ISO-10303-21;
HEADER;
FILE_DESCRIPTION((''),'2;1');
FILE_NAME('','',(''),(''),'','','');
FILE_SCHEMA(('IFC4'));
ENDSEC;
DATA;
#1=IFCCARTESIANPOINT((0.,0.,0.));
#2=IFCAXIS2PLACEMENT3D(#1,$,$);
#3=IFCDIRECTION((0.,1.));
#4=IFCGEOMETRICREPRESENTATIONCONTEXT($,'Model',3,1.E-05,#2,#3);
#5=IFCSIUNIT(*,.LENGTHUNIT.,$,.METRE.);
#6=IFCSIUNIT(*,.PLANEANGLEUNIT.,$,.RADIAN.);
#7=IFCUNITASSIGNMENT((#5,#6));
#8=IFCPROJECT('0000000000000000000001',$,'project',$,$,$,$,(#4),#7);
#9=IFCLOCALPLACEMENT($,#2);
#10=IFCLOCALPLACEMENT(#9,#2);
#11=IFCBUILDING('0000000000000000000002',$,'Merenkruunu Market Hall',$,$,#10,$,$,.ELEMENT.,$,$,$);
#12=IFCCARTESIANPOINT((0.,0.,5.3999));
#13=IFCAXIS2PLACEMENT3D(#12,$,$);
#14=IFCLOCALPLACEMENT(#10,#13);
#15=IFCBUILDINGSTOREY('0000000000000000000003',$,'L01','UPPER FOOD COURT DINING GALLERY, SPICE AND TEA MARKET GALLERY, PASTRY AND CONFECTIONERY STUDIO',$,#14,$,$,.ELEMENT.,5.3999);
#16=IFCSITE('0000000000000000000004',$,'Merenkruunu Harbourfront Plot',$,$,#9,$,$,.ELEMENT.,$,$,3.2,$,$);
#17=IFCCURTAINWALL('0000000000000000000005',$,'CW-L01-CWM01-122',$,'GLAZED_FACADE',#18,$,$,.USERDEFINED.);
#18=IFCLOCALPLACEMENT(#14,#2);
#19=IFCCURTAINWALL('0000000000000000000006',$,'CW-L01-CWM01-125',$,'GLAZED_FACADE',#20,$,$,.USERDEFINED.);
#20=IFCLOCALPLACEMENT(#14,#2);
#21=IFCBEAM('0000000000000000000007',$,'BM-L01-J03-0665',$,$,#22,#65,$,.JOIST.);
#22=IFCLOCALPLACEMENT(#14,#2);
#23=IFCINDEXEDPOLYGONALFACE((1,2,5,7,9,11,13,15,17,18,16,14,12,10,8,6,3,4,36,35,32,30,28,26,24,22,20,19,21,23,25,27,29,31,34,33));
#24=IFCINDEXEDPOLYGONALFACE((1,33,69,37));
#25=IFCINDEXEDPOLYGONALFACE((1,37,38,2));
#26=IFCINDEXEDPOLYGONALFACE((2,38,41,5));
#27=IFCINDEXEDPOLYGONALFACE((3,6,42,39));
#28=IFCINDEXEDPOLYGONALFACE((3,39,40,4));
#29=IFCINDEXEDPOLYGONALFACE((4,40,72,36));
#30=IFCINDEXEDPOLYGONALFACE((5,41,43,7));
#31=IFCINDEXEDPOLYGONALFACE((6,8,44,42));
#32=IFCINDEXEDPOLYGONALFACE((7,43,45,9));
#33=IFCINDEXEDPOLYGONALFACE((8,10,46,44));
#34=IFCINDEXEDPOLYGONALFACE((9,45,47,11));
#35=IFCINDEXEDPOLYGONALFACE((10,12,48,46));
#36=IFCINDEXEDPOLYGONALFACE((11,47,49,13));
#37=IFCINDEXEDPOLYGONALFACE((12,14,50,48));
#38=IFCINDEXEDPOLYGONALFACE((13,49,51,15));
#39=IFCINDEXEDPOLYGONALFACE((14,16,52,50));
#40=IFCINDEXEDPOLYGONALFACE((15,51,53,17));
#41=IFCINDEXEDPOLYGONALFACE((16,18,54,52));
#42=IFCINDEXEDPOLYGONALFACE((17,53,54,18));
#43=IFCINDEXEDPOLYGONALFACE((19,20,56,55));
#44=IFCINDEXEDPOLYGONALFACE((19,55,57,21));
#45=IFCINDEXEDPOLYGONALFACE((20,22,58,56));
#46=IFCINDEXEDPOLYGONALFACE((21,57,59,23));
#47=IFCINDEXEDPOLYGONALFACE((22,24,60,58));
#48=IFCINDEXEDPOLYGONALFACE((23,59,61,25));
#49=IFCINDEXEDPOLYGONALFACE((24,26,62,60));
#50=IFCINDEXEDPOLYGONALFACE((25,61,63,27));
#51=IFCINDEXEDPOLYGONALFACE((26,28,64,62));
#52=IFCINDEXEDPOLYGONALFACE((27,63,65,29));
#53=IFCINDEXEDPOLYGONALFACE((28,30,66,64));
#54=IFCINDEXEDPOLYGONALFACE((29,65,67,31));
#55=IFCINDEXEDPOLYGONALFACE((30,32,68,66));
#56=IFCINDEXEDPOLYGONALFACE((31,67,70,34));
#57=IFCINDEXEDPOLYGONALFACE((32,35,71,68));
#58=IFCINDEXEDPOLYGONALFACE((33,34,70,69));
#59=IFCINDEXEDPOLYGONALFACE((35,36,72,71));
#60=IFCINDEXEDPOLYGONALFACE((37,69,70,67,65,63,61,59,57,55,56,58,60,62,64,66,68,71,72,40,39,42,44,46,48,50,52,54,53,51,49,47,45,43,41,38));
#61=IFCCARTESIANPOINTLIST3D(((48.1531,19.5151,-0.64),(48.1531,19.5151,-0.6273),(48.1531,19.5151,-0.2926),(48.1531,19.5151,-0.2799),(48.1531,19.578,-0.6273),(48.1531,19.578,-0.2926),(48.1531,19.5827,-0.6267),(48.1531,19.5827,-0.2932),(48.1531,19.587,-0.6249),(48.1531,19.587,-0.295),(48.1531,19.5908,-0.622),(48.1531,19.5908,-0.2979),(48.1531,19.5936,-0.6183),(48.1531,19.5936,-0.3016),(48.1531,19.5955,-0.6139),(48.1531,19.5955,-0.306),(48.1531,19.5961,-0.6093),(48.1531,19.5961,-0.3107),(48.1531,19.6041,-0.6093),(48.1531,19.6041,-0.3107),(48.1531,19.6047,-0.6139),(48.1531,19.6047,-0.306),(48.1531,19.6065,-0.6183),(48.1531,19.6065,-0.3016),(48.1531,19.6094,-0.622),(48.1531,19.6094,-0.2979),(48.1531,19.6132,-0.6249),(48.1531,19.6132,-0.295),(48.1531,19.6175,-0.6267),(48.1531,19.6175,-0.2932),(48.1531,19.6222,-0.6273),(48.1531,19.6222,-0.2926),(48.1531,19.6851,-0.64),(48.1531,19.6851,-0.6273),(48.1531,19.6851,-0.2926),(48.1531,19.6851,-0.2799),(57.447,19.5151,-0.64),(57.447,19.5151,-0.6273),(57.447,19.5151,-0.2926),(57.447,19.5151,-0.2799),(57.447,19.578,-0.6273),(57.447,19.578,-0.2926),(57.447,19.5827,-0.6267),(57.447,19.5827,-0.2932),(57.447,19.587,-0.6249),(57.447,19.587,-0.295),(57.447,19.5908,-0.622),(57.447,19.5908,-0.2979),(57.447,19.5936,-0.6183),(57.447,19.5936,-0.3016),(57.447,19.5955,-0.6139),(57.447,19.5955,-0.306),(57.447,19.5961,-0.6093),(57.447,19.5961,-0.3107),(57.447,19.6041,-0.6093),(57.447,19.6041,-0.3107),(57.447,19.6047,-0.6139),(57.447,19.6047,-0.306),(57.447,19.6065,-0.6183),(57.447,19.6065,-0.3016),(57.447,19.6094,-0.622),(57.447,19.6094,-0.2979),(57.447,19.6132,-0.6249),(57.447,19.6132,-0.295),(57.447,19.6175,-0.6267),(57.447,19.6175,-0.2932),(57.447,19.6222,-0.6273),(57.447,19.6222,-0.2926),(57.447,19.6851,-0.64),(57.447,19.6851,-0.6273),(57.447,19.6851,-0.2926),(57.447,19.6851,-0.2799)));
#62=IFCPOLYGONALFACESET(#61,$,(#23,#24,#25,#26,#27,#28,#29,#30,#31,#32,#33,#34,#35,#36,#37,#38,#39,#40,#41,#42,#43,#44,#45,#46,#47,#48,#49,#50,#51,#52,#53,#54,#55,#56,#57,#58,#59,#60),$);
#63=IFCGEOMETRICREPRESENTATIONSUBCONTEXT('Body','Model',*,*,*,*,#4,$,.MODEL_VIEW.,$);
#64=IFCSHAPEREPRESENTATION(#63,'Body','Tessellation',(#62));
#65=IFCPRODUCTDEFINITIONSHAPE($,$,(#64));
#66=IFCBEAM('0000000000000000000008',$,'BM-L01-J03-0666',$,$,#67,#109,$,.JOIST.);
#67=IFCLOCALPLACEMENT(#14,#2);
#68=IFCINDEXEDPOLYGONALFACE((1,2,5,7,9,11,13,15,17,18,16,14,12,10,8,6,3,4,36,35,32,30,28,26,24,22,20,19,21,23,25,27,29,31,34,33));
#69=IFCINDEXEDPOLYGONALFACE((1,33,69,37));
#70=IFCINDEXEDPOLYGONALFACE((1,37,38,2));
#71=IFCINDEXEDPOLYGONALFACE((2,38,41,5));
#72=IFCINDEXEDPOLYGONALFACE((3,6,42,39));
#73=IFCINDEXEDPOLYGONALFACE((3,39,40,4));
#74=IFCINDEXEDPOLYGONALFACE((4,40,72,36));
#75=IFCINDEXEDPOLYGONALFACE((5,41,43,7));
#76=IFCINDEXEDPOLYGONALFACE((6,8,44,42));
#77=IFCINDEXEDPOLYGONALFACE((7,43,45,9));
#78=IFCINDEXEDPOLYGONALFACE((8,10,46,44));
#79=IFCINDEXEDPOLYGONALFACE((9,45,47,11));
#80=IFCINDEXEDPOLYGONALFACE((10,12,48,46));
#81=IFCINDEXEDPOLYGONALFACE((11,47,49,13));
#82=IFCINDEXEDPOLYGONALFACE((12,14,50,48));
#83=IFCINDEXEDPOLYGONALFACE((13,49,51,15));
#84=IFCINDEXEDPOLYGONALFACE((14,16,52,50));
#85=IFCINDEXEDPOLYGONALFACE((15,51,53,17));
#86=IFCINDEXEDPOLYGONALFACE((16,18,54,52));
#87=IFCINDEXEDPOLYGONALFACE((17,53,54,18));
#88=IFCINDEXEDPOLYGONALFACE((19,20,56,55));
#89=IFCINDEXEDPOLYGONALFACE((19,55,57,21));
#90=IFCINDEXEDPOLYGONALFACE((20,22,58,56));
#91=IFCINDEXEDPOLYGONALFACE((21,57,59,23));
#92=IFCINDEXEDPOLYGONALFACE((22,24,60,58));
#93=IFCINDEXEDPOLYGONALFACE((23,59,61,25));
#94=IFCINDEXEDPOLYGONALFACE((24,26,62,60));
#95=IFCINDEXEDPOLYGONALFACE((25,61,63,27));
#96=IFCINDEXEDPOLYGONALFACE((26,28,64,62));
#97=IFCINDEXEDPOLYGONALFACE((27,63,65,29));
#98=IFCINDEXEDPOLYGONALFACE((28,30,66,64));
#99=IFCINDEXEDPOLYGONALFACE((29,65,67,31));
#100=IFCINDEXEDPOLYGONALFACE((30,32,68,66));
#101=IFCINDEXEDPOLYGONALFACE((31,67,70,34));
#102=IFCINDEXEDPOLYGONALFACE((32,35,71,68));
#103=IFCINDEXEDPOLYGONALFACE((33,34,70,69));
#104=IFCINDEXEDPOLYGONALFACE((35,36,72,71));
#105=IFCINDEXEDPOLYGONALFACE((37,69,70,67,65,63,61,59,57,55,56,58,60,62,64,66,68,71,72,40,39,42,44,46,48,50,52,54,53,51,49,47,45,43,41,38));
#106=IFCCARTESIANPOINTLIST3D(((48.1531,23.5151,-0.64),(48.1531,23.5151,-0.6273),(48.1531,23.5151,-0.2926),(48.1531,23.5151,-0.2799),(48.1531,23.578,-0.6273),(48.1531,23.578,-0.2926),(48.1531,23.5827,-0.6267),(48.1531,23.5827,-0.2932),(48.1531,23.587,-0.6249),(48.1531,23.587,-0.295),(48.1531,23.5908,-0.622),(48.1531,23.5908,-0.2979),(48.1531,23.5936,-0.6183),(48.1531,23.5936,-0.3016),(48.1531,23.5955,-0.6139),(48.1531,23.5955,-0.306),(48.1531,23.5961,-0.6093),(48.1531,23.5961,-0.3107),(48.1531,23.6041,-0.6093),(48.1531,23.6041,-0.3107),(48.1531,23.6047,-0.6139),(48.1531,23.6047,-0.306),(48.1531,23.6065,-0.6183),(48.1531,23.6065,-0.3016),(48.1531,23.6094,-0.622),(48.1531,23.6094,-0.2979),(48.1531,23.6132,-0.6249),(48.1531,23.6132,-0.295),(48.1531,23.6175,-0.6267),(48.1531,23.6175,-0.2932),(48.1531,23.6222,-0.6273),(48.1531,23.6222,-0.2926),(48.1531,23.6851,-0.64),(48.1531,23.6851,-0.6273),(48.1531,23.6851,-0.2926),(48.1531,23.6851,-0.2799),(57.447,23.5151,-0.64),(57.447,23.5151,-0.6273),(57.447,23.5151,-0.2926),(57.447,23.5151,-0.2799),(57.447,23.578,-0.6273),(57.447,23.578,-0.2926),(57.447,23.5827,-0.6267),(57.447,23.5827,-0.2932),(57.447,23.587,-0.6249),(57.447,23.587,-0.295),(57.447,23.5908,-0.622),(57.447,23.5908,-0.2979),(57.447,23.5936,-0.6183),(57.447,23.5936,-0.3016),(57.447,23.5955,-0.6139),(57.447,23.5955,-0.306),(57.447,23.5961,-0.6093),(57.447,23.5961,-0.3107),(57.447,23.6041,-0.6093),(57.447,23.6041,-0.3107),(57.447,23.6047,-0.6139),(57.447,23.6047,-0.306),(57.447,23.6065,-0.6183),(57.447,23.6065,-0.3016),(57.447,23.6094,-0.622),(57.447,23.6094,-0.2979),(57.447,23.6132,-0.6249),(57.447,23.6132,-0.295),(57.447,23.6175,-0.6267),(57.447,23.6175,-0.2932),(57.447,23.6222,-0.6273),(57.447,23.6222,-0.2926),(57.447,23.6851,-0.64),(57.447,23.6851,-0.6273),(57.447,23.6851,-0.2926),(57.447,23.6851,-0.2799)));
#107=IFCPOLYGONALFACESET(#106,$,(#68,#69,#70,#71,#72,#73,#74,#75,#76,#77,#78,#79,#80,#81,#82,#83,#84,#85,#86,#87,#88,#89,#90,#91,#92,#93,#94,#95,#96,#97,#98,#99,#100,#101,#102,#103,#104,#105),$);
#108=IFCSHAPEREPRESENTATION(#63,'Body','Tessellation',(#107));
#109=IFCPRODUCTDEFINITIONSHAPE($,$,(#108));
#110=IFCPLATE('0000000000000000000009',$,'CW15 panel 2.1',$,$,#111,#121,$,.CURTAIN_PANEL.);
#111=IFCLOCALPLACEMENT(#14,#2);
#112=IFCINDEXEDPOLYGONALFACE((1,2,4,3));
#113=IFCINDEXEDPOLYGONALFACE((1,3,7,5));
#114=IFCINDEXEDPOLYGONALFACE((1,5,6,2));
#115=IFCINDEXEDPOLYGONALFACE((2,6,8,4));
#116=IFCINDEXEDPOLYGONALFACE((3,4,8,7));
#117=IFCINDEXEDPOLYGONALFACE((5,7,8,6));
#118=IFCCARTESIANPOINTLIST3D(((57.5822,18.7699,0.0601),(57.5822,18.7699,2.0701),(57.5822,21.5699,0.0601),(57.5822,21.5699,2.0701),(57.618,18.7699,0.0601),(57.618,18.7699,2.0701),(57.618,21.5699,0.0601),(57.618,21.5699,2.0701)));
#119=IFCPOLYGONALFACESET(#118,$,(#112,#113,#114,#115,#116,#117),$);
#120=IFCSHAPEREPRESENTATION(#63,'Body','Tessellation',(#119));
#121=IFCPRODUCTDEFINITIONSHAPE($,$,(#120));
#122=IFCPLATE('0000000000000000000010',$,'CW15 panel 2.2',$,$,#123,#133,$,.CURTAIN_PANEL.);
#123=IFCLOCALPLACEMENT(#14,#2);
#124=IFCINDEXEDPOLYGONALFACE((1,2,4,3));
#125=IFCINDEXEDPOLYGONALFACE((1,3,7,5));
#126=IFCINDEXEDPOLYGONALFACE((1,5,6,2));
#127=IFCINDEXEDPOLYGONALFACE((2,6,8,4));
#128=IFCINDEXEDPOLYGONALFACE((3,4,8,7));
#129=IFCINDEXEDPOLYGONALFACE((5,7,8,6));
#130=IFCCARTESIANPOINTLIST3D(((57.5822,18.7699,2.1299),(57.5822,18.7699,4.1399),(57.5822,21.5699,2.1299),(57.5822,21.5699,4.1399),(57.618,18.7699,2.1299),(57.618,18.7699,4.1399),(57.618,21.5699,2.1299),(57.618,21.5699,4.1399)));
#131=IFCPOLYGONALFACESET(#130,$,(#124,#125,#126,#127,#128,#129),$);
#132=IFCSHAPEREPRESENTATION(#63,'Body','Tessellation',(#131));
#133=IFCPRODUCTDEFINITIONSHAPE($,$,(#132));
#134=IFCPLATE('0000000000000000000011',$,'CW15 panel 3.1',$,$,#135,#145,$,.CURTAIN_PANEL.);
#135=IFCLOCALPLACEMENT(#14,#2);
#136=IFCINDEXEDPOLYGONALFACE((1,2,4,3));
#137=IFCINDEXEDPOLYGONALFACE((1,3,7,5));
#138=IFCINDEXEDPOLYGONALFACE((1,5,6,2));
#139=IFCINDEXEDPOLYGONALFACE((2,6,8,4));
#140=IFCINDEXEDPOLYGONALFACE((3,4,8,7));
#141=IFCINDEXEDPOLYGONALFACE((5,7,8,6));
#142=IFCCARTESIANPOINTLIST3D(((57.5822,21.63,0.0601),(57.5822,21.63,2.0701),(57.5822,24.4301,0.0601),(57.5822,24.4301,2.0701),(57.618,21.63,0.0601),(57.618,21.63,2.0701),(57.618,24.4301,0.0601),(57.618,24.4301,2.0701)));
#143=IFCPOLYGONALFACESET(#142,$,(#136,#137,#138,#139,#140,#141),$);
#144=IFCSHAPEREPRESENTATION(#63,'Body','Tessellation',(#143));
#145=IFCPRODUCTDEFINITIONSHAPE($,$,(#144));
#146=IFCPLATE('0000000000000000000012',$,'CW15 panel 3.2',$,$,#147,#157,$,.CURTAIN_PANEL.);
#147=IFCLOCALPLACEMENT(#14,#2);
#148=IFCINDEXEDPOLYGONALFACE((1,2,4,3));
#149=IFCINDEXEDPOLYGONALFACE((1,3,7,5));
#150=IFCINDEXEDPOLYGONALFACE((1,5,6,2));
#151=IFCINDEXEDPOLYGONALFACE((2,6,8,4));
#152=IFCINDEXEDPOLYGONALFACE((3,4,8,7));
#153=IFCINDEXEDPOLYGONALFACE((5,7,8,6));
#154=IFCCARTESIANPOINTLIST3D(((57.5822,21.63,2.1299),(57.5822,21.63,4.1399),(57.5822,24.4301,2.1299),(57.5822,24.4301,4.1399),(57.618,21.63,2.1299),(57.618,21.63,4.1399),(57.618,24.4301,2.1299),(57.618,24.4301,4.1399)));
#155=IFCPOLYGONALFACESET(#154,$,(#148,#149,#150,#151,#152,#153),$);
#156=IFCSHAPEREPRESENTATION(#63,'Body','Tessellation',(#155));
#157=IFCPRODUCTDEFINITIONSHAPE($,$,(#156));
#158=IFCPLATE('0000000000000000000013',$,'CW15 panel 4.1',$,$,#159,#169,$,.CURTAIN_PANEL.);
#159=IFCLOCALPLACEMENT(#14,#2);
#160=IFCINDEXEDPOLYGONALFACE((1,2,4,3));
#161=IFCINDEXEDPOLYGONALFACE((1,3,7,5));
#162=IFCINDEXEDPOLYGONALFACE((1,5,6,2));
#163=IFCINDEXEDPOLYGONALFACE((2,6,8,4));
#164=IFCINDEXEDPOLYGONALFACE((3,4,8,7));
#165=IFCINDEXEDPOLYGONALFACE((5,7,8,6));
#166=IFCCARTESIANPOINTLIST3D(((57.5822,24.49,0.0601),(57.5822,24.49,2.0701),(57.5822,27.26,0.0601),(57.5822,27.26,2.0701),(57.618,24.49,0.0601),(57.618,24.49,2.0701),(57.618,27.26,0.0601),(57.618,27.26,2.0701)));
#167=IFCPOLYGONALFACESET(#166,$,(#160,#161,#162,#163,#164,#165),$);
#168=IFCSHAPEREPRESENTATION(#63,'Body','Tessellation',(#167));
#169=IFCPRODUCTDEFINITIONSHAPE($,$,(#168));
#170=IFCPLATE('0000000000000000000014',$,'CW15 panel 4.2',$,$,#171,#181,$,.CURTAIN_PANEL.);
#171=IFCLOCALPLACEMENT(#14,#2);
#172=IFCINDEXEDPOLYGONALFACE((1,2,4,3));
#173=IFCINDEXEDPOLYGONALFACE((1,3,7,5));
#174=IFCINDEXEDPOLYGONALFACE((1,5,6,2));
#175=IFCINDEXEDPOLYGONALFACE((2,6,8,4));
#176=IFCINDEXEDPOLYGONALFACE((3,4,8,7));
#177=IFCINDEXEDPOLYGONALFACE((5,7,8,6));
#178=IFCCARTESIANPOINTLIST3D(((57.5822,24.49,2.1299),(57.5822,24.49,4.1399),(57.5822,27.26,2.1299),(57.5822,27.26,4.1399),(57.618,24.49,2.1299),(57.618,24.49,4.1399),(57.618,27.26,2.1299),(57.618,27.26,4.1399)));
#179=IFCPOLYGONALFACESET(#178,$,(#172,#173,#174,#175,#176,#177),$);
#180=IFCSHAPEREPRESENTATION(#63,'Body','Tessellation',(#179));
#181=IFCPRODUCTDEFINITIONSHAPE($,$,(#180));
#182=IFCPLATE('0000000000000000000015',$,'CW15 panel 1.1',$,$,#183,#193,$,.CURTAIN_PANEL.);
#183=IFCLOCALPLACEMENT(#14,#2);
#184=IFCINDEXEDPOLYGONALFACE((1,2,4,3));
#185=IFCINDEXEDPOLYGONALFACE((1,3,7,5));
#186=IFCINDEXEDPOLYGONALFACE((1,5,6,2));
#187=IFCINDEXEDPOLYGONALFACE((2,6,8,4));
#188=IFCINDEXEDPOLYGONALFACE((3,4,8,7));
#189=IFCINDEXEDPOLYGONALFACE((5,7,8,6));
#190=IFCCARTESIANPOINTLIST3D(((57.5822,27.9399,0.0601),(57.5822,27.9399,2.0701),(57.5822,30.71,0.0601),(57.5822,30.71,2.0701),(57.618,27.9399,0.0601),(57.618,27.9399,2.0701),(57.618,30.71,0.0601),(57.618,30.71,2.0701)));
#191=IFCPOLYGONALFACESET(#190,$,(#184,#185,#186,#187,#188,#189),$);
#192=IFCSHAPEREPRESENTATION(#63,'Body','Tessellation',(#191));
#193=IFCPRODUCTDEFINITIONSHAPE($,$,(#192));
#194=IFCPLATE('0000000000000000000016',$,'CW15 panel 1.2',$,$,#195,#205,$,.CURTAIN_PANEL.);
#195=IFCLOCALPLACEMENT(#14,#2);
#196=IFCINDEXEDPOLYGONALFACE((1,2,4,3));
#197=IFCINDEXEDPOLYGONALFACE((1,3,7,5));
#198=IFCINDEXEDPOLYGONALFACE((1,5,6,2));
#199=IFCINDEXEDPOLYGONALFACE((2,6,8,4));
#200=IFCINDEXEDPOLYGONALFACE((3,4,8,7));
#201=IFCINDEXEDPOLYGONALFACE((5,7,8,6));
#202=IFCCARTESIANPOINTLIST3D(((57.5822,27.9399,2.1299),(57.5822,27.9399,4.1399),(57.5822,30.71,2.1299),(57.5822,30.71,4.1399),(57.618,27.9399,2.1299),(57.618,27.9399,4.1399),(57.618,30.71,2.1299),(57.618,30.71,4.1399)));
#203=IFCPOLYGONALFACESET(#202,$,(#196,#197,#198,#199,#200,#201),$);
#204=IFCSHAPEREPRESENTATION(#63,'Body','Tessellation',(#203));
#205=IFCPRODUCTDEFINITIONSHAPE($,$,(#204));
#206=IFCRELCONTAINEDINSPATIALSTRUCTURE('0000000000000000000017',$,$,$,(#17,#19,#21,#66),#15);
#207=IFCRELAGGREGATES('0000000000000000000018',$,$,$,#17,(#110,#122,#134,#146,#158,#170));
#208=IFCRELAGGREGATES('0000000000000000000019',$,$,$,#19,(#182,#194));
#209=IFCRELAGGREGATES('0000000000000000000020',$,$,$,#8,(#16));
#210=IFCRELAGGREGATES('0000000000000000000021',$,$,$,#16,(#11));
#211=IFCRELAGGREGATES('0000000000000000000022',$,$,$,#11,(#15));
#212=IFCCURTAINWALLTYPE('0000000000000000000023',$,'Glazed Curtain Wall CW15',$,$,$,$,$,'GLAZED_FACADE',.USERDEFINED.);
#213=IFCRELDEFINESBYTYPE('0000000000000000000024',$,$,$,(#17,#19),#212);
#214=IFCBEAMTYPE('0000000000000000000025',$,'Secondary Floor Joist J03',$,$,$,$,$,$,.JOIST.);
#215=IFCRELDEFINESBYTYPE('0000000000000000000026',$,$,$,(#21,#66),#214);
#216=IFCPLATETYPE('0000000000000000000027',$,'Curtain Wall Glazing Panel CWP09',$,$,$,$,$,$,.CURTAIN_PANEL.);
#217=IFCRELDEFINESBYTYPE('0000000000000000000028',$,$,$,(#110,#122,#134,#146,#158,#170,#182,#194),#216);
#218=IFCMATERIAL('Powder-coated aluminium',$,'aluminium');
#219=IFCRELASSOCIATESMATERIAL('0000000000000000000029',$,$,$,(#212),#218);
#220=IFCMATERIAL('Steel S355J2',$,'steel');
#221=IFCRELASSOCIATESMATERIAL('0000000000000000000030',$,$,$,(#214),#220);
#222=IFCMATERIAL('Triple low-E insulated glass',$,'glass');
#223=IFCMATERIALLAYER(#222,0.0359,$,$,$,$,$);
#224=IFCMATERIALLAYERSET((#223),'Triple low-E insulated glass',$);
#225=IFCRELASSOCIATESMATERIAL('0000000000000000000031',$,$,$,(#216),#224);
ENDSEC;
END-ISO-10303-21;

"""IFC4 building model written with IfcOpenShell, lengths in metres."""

from ifc_helpers import new_model, si_unit, direction, frame, origin, origin_2d, place, context, subcontext, project, spatial, rectangle, i_section, extrude, material, layer, layer_set, material_profile, profile_set, type_object, element, aggregate, save


model = new_model("IFC4")

# Units and contexts
model_context = context("Model", 3, precision=1e-05, world=origin(), true_north=direction((0.0, 1.0)))
body_context = subcontext(model_context, "Body", "Model", "MODEL_VIEW")
ifc_project = project(units=[si_unit("LENGTHUNIT", "METRE"), si_unit("PLANEANGLEUNIT", "RADIAN")], contexts=[model_context])

# Site, building, storey
site_placement = place(None, origin())
site = spatial("IfcSite", under=ifc_project, at=site_placement, Name="Merenkruunu Harbourfront Plot", CompositionType="ELEMENT", RefElevation=3.2)
building_placement = place(site_placement, origin())
building = spatial("IfcBuilding", under=site, at=building_placement, Name="Merenkruunu Market Hall", CompositionType="ELEMENT")
storey_placement = place(building_placement, frame((0.0, 0.0, 5.3999)))
storey = spatial("IfcBuildingStorey", under=building, at=storey_placement, Name="L01", Description="UPPER FOOD COURT DINING GALLERY, SPICE AND TEA MARKET GALLERY, PASTRY AND CONFECTIONERY STUDIO", CompositionType="ELEMENT", Elevation=5.3999)

# Shared definitions
ifc_material_1 = material(Name="Steel S355J2", Category="steel")

# Curtain walls
ifc_material_2 = material(Name="Powder-coated aluminium", Category="aluminium")
curtain_wall_type = type_object("IfcCurtainWallType", Name="Glazed Curtain Wall CW15", ElementType="GLAZED_FACADE", PredefinedType="USERDEFINED", material=ifc_material_2)
curtain_wall_1_placement = place(storey_placement, origin())
curtain_wall_1 = element("IfcCurtainWall", 1, at=curtain_wall_1_placement, inside=storey, type_object=curtain_wall_type, Name="CW-L01-CWM01-122", ObjectType="GLAZED_FACADE", PredefinedType="USERDEFINED")
curtain_wall_2_placement = place(storey_placement, origin())
curtain_wall_2 = element("IfcCurtainWall", 2, at=curtain_wall_2_placement, inside=storey, type_object=curtain_wall_type, Name="CW-L01-CWM01-125", ObjectType="GLAZED_FACADE", PredefinedType="USERDEFINED")

# Beams
ifc_material_profile_1 = material_profile(ifc_material_1, i_section(OverallWidth=0.1699, OverallDepth=0.3601, WebThickness=0.0081, FlangeThickness=0.0127, FilletRadius=0.0181, at=origin_2d()), Name="IPE 360")
ifc_profile_set_1 = profile_set([ifc_material_profile_1], Name="Steel S355J2")
beam_type_1 = type_object("IfcBeamType", Name="Secondary Floor Joist J03", PredefinedType="JOIST", material=ifc_profile_set_1)
for number, where, z_axis, x_axis, name in (
    (3, (48.1531, 19.6001, -0.46), (1.0, 0.0, 0.0), (0.0, 1.0, 0.0), "BM-L01-J03-0665"),
    (4, (48.1531, 23.6001, -0.46), (1.0, 0.0, 0.0), (0.0, 1.0, 0.0), "BM-L01-J03-0666"),
):
    element("IfcBeam", number, at=place(storey_placement, frame(where, z_axis=z_axis, x_axis=x_axis)), inside=storey, type_object=beam_type_1, Name=name, PredefinedType="JOIST", context=body_context, shape_type="SweptSolid", body=[
        extrude(i_section(OverallWidth=0.1699, OverallDepth=0.3601, WebThickness=0.0081, FlangeThickness=0.0127, FilletRadius=0.0181, at=origin_2d()), origin(), (0.0, 0.0, 1.0), 9.2939),
    ])

# Plates
ifc_material_3 = material(Name="Triple low-E insulated glass", Category="glass")
ifc_layer_1 = layer(ifc_material_3, 0.0359)
ifc_layer_set_1 = layer_set([ifc_layer_1], Name="Triple low-E insulated glass")
plate_type = type_object("IfcPlateType", Name="Curtain Wall Glazing Panel CWP09", PredefinedType="CURTAIN_PANEL", material=ifc_layer_set_1)
plate_1_placement = place(storey_placement, frame((57.6001, 20.1699, 0.0601), z_axis=(0.0, 0.0, 1.0), x_axis=(0.0, 1.0, 0.0)))
plate_1 = element("IfcPlate", 5, at=plate_1_placement, type_object=plate_type, Name="CW15 panel 2.1", PredefinedType="CURTAIN_PANEL", context=body_context, shape_type="SweptSolid", body=[
    extrude(rectangle(XDim=2.8, YDim=0.0359, at=origin_2d()), origin(), (0.0, 0.0, 1.0), 2.01),
])
plate_2_placement = place(storey_placement, frame((57.6001, 20.1699, 2.1299), z_axis=(0.0, 0.0, 1.0), x_axis=(0.0, 1.0, 0.0)))
plate_2 = element("IfcPlate", 6, at=plate_2_placement, type_object=plate_type, Name="CW15 panel 2.2", PredefinedType="CURTAIN_PANEL", context=body_context, shape_type="SweptSolid", body=[
    extrude(rectangle(XDim=2.8, YDim=0.0359, at=origin_2d()), origin(), (0.0, 0.0, 1.0), 2.01),
])
plate_3_placement = place(storey_placement, frame((57.6001, 23.03, 0.0601), z_axis=(0.0, 0.0, 1.0), x_axis=(0.0, 1.0, 0.0)))
plate_3 = element("IfcPlate", 7, at=plate_3_placement, type_object=plate_type, Name="CW15 panel 3.1", PredefinedType="CURTAIN_PANEL", context=body_context, shape_type="SweptSolid", body=[
    extrude(rectangle(XDim=2.8, YDim=0.0359, at=origin_2d()), origin(), (0.0, 0.0, 1.0), 2.01),
])
plate_4_placement = place(storey_placement, frame((57.6001, 23.03, 2.1299), z_axis=(0.0, 0.0, 1.0), x_axis=(0.0, 1.0, 0.0)))
plate_4 = element("IfcPlate", 8, at=plate_4_placement, type_object=plate_type, Name="CW15 panel 3.2", PredefinedType="CURTAIN_PANEL", context=body_context, shape_type="SweptSolid", body=[
    extrude(rectangle(XDim=2.8, YDim=0.0359, at=origin_2d()), origin(), (0.0, 0.0, 1.0), 2.01),
])
plate_5_placement = place(storey_placement, frame((57.6001, 25.875, 0.0601), z_axis=(0.0, 0.0, 1.0), x_axis=(0.0, 1.0, 0.0)))
plate_5 = element("IfcPlate", 9, at=plate_5_placement, type_object=plate_type, Name="CW15 panel 4.1", PredefinedType="CURTAIN_PANEL", context=body_context, shape_type="SweptSolid", body=[
    extrude(rectangle(XDim=2.77, YDim=0.0359, at=origin_2d()), origin(), (0.0, 0.0, 1.0), 2.01),
])
plate_6_placement = place(storey_placement, frame((57.6001, 25.875, 2.1299), z_axis=(0.0, 0.0, 1.0), x_axis=(0.0, 1.0, 0.0)))
plate_6 = element("IfcPlate", 10, at=plate_6_placement, type_object=plate_type, Name="CW15 panel 4.2", PredefinedType="CURTAIN_PANEL", context=body_context, shape_type="SweptSolid", body=[
    extrude(rectangle(XDim=2.77, YDim=0.0359, at=origin_2d()), origin(), (0.0, 0.0, 1.0), 2.01),
])
aggregate(curtain_wall_1, [plate_1, plate_2, plate_3, plate_4, plate_5, plate_6])
plate_7_placement = place(storey_placement, frame((57.6001, 29.325, 0.0601), z_axis=(0.0, 0.0, 1.0), x_axis=(0.0, 1.0, 0.0)))
plate_7 = element("IfcPlate", 11, at=plate_7_placement, type_object=plate_type, Name="CW15 panel 1.1", PredefinedType="CURTAIN_PANEL", context=body_context, shape_type="SweptSolid", body=[
    extrude(rectangle(XDim=2.77, YDim=0.0359, at=origin_2d()), origin(), (0.0, 0.0, 1.0), 2.01),
])
plate_8_placement = place(storey_placement, frame((57.6001, 29.325, 2.1299), z_axis=(0.0, 0.0, 1.0), x_axis=(0.0, 1.0, 0.0)))
plate_8 = element("IfcPlate", 12, at=plate_8_placement, type_object=plate_type, Name="CW15 panel 1.2", PredefinedType="CURTAIN_PANEL", context=body_context, shape_type="SweptSolid", body=[
    extrude(rectangle(XDim=2.77, YDim=0.0359, at=origin_2d()), origin(), (0.0, 0.0, 1.0), 2.01),
])
aggregate(curtain_wall_2, [plate_7, plate_8])

save(model, "model.ifc")
